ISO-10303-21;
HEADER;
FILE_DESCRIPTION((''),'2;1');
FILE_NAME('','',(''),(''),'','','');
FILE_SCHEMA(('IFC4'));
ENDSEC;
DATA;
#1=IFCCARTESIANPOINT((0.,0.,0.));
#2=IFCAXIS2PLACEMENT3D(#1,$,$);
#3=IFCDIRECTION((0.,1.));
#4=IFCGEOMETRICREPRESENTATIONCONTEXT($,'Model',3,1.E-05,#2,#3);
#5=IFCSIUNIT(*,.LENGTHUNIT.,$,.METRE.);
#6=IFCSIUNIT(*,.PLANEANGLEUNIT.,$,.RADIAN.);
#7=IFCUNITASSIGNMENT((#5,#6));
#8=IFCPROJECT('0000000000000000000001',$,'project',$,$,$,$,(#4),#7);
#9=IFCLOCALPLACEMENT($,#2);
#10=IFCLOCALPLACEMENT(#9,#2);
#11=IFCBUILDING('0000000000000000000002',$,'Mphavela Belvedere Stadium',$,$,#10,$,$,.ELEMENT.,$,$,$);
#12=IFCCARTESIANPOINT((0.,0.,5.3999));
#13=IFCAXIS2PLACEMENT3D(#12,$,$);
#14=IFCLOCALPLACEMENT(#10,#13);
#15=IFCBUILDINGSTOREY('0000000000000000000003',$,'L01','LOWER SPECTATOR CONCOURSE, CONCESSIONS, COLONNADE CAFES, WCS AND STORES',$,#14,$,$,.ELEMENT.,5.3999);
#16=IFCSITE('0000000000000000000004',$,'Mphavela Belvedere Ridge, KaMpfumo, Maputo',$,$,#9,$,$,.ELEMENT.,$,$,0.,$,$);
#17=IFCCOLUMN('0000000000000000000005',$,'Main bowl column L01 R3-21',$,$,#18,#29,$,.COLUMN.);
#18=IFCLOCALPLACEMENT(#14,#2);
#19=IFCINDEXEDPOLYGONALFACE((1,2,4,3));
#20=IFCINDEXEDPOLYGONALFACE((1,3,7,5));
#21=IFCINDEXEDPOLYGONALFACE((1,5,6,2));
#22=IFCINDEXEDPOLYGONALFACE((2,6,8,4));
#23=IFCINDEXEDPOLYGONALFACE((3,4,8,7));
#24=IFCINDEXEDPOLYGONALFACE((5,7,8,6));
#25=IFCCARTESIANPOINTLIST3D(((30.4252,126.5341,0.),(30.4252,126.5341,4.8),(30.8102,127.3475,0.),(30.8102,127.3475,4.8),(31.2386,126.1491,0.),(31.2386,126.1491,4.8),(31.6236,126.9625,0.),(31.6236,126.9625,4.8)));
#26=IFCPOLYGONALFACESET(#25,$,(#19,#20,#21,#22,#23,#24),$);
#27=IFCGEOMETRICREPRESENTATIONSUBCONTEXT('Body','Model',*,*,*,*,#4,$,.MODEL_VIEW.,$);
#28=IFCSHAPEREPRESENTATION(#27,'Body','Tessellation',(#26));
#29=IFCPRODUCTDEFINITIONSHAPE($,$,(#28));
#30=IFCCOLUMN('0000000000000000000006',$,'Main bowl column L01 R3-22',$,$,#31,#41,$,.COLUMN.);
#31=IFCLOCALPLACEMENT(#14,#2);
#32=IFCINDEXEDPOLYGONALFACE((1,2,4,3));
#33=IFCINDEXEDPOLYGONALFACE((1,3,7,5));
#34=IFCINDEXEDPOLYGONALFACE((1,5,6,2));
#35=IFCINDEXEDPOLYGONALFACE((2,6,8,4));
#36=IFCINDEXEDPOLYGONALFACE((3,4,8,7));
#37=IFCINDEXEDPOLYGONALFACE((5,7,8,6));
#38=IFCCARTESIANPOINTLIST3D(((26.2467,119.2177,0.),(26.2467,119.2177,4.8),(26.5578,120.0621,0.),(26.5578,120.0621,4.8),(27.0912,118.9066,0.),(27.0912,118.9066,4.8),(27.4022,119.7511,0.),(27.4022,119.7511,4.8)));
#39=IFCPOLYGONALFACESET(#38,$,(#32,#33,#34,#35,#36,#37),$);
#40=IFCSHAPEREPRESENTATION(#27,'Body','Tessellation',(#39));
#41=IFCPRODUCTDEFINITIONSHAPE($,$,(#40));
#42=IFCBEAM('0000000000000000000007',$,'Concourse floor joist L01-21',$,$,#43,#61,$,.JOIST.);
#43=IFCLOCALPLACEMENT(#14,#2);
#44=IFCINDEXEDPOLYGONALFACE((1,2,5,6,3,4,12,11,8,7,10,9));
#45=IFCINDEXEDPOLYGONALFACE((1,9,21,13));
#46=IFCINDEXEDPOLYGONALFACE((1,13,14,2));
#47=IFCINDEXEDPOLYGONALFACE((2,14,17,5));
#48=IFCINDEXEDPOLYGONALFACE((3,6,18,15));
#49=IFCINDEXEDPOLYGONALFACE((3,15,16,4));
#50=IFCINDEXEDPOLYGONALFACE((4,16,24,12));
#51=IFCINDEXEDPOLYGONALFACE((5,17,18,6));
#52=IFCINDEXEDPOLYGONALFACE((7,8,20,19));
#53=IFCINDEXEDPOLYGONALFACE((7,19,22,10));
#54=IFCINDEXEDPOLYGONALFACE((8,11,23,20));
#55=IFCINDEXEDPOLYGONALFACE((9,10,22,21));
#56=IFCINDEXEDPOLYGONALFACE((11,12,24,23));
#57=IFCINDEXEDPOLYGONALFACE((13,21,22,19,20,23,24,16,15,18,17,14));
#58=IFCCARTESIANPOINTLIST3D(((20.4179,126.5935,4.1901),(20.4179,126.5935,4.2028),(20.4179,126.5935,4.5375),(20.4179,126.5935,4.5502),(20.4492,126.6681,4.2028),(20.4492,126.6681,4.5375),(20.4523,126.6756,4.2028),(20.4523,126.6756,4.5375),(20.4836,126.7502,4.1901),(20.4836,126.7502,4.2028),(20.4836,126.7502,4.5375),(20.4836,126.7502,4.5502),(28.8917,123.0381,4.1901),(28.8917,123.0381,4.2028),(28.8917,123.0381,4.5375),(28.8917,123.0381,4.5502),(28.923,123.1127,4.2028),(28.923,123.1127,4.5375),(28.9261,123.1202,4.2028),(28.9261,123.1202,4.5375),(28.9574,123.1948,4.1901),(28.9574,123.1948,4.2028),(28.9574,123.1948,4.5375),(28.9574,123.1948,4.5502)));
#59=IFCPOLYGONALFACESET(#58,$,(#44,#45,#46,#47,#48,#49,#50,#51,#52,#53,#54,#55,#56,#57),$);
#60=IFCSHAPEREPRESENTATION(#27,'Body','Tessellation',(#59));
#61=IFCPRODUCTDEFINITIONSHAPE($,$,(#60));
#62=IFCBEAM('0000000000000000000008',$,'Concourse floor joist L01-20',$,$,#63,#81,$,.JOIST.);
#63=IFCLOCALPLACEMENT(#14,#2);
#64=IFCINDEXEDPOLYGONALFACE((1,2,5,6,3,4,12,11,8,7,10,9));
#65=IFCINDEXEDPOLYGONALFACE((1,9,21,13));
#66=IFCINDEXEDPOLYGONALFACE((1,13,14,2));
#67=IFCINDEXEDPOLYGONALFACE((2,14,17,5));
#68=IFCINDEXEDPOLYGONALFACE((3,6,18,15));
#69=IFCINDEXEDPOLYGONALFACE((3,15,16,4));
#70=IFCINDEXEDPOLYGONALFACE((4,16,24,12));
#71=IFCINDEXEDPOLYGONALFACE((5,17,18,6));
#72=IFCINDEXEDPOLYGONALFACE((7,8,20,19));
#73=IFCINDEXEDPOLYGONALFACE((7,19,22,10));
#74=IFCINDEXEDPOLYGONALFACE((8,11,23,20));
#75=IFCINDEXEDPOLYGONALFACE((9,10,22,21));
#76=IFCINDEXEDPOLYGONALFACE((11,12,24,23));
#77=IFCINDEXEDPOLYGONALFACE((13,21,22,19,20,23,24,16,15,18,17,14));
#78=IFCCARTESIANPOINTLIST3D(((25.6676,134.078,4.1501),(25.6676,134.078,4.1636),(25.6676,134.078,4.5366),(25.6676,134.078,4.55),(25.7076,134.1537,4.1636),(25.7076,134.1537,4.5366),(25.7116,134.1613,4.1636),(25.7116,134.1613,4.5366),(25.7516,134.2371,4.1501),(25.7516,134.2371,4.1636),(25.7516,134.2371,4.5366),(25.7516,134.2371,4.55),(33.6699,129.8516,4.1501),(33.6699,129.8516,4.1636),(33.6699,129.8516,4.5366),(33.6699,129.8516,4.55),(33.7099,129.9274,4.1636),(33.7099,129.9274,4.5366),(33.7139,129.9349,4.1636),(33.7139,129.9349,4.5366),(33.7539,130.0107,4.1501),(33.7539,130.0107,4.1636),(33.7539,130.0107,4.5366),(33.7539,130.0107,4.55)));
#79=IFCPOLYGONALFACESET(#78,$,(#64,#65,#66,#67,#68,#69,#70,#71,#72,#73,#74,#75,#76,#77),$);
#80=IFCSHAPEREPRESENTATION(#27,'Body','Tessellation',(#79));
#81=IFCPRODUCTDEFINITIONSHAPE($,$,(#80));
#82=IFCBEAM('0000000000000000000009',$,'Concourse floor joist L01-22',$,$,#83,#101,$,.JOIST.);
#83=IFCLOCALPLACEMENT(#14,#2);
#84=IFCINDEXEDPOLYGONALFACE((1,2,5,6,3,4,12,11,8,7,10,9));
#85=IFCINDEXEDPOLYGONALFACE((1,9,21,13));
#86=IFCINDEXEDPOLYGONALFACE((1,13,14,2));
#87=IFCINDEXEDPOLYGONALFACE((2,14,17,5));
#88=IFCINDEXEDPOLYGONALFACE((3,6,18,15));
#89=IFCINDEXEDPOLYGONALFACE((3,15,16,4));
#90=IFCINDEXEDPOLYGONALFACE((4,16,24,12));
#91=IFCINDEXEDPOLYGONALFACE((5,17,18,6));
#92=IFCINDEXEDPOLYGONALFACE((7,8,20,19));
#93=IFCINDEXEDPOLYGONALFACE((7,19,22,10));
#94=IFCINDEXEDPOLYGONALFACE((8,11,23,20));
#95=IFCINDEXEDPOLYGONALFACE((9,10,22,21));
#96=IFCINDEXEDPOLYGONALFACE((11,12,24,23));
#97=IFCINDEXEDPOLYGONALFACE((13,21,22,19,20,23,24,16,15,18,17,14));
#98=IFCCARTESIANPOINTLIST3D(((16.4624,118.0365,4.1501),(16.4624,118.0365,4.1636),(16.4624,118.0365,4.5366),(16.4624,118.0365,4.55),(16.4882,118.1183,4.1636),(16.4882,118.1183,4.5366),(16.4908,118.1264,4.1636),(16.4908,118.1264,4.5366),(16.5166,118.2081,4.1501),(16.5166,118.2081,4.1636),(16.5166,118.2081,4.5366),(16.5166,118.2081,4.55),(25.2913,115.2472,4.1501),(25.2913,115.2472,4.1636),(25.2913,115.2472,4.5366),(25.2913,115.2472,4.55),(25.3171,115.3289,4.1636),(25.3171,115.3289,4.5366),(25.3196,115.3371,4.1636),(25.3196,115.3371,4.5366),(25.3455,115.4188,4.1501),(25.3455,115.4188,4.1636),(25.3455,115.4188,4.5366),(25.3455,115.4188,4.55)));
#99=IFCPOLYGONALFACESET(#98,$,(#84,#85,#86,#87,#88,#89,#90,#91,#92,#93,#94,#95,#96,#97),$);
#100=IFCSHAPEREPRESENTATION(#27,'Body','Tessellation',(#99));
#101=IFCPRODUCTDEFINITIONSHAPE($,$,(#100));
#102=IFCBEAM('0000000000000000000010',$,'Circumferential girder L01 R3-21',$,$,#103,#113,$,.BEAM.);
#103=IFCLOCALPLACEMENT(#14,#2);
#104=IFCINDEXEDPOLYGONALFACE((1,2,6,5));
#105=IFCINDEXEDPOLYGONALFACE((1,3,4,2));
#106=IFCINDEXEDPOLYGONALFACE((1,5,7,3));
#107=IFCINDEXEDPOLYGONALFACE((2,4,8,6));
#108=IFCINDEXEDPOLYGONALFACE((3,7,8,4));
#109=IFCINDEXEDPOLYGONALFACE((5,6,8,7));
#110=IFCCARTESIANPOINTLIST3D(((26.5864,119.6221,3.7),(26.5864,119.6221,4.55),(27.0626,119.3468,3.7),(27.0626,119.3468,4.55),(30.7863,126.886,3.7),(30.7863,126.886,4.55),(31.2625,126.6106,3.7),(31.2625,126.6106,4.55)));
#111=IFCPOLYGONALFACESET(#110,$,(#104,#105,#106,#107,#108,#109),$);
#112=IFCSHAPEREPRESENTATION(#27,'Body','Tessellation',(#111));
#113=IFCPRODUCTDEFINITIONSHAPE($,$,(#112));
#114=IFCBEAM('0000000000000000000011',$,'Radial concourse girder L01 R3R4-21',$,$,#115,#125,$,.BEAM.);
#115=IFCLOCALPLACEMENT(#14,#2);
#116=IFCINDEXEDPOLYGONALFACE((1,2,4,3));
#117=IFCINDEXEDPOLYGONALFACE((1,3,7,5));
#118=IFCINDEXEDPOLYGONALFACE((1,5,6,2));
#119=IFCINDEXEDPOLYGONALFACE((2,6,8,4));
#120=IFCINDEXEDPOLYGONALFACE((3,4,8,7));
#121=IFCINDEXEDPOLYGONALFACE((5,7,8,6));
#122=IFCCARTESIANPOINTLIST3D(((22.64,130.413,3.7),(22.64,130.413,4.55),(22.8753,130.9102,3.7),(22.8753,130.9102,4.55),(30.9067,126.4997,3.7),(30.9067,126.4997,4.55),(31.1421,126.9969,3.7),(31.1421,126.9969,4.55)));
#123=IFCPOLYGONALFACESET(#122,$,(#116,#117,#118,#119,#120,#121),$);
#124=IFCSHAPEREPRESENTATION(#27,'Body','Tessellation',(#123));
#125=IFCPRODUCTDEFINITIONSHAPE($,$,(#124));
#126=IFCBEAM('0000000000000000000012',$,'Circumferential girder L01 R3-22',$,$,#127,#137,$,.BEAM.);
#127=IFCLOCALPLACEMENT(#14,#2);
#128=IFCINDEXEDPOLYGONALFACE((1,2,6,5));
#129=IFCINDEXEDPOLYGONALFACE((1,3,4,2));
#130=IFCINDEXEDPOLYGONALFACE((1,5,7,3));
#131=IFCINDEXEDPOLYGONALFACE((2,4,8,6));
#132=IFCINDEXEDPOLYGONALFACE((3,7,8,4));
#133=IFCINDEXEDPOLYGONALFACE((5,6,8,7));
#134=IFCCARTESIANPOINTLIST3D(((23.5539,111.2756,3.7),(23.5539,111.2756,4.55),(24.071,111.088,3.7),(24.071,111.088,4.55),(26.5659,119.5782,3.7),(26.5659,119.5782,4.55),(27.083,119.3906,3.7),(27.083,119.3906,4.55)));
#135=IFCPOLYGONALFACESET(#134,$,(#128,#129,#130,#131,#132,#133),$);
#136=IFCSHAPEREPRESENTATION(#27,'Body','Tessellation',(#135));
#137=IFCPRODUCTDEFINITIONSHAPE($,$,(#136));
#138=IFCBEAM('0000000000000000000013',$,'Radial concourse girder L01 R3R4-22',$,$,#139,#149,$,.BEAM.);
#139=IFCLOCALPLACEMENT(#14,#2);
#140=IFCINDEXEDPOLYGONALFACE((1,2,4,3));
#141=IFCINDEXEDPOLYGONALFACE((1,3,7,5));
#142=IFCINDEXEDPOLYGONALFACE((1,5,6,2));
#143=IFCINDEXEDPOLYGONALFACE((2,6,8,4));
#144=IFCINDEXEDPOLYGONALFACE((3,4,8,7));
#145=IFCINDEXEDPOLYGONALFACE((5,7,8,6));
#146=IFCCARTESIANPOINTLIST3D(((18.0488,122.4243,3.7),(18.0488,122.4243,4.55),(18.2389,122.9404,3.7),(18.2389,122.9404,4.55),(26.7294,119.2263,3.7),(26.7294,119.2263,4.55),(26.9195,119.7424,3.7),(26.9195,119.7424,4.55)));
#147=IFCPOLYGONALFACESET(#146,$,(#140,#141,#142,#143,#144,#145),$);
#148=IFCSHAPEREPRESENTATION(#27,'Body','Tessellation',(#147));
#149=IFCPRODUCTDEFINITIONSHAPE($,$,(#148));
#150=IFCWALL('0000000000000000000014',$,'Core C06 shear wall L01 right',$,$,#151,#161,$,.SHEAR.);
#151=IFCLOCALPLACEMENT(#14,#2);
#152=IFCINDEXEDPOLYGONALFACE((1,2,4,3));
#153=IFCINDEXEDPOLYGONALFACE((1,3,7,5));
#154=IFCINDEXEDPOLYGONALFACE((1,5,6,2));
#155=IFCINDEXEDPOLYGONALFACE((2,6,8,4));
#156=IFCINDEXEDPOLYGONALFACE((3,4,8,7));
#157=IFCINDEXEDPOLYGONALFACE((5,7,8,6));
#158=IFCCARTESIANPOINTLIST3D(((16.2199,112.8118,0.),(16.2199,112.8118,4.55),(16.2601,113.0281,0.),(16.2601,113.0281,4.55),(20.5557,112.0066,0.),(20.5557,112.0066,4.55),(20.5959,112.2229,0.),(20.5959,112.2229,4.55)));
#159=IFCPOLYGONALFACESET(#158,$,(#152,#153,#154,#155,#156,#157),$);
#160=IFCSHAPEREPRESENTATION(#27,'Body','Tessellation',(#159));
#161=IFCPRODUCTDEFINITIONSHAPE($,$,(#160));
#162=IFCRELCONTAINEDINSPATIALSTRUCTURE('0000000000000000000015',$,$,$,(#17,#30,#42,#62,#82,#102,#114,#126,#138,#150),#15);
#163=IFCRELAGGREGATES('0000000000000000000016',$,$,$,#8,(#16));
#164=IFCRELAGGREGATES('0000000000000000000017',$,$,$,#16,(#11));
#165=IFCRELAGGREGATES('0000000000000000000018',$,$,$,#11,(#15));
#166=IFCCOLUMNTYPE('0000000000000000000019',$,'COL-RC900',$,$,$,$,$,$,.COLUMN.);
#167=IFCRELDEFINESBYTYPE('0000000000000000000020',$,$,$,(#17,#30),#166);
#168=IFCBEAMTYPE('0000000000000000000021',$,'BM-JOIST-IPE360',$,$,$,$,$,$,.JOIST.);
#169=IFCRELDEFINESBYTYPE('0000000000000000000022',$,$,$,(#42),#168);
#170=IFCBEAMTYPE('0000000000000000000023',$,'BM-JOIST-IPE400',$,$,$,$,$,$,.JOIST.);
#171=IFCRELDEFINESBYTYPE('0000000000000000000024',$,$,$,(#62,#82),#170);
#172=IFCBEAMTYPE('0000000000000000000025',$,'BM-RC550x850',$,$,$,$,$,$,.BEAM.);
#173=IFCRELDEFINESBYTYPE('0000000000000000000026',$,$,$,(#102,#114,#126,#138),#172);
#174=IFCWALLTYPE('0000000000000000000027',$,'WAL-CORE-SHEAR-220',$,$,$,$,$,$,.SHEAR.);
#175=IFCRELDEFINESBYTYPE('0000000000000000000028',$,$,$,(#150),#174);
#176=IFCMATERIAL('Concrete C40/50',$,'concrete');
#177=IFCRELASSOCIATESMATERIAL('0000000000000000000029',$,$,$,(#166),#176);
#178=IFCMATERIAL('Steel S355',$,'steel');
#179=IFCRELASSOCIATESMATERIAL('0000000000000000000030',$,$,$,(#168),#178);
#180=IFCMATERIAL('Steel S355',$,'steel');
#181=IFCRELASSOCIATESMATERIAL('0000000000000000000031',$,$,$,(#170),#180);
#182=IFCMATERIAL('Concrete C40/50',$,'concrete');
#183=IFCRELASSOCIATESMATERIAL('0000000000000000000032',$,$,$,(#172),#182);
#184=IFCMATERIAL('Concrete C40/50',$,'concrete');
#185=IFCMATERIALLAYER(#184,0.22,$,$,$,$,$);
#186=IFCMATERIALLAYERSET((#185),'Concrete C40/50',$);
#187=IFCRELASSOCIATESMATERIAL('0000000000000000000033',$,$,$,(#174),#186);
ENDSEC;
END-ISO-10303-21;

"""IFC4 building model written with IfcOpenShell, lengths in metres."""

from ifc_helpers import new_model, si_unit, direction, frame, frame_2d, origin, origin_2d, place, context, subcontext, project, spatial, rectangle, i_section, extrude, material, layer, layer_set, material_profile, profile_set, type_object, element, save


model = new_model("IFC4")

# Units and contexts
model_context = context("Model", 3, precision=1e-05, world=origin(), true_north=direction((0.0, 1.0)))
body_context = subcontext(model_context, "Body", "Model", "MODEL_VIEW")
ifc_project = project(units=[si_unit("LENGTHUNIT", "METRE"), si_unit("PLANEANGLEUNIT", "RADIAN")], contexts=[model_context])

# Site, building, storey
site_placement = place(None, origin())
site = spatial("IfcSite", under=ifc_project, at=site_placement, Name="Mphavela Belvedere Ridge, KaMpfumo, Maputo", CompositionType="ELEMENT", RefElevation=0.0)
building_placement = place(site_placement, origin())
building = spatial("IfcBuilding", under=site, at=building_placement, Name="Mphavela Belvedere Stadium", CompositionType="ELEMENT")
storey_placement = place(building_placement, frame((0.0, 0.0, 5.3999)))
storey = spatial("IfcBuildingStorey", under=building, at=storey_placement, Name="L01", Description="LOWER SPECTATOR CONCOURSE, CONCESSIONS, COLONNADE CAFES, WCS AND STORES", CompositionType="ELEMENT", Elevation=5.3999)

# Columns
ifc_material_1 = material(Name="Concrete C40/50", Category="concrete")
ifc_material_profile_1 = material_profile(ifc_material_1, rectangle(XDim=0.8999, YDim=0.8999, at=origin_2d()), Name="RC 900x900")
ifc_profile_set_1 = profile_set([ifc_material_profile_1], Name="Concrete C40/50")
column_type = type_object("IfcColumnType", Name="COL-RC900", PredefinedType="COLUMN", material=ifc_profile_set_1)
for number, where, z_axis, x_axis, name in (
    (1, (31.0244, 126.7483, 0.0), (0.0, 0.0, 1.0), (-0.903859, 0.427831, 0.0), "Main bowl column L01 R3-21"),
    (2, (26.8245, 119.4844, 0.0), (0.0, 0.0, 1.0), (-0.938372, 0.345626, 0.0), "Main bowl column L01 R3-22"),
):
    element("IfcColumn", number, at=place(storey_placement, frame(where, z_axis=z_axis, x_axis=x_axis)), inside=storey, type_object=column_type, Name=name, PredefinedType="COLUMN", context=body_context, shape_type="SweptSolid", body=[
        extrude(rectangle(XDim=0.8999, YDim=0.8999, at=origin_2d()), origin(), (0.0, 0.0, 1.0), 4.8),
    ])

# Beams
ifc_material_2 = material(Name="Steel S355", Category="steel")
ifc_material_profile_2 = material_profile(ifc_material_2, i_section(OverallWidth=0.1699, OverallDepth=0.3601, WebThickness=0.0081, FlangeThickness=0.0127, at=origin_2d()), Name="IPE 360")
ifc_profile_set_2 = profile_set([ifc_material_profile_2], Name="Steel S355")
beam_type_1 = type_object("IfcBeamType", Name="BM-JOIST-IPE360", PredefinedType="JOIST", material=ifc_profile_set_2)
beam_1_placement = place(storey_placement, frame((28.9246, 123.1165, 4.3701), z_axis=(-0.922122, 0.386899, 0.0), x_axis=(-0.386899, -0.922122, 0.0)))
element("IfcBeam", 3, at=beam_1_placement, inside=storey, type_object=beam_type_1, Name="Concourse floor joist L01-21", PredefinedType="JOIST", context=body_context, shape_type="SweptSolid", body=[
    extrude(i_section(OverallWidth=0.1699, OverallDepth=0.3601, WebThickness=0.0081, FlangeThickness=0.0127, at=origin_2d()), origin(), (0.0, 0.0, 1.0), 9.1895),
])
ifc_material_3 = material(Name="Steel S355", Category="steel")
ifc_material_profile_3 = material_profile(ifc_material_3, i_section(OverallWidth=0.1799, OverallDepth=0.3999, WebThickness=0.0085, FlangeThickness=0.0134, at=origin_2d()), Name="IPE 400")
ifc_profile_set_3 = profile_set([ifc_material_profile_3], Name="Steel S355")
beam_type_2 = type_object("IfcBeamType", Name="BM-JOIST-IPE400", PredefinedType="JOIST", material=ifc_profile_set_3)
beam_2_placement = place(storey_placement, frame((33.7119, 129.9312, 4.3501), z_axis=(-0.884251, 0.467012, 0.0), x_axis=(-0.467012, -0.884251, 0.0)))
element("IfcBeam", 4, at=beam_2_placement, inside=storey, type_object=beam_type_2, Name="Concourse floor joist L01-20", PredefinedType="JOIST", context=body_context, shape_type="SweptSolid", body=[
    extrude(i_section(OverallWidth=0.1799, OverallDepth=0.3999, WebThickness=0.0085, FlangeThickness=0.0134, at=origin_2d()), origin(), (0.0, 0.0, 1.0), 9.0498),
])
beam_3_placement = place(storey_placement, frame((25.3184, 115.333, 4.3501), z_axis=(-0.953544, 0.301254, 0.0), x_axis=(-0.301254, -0.953544, 0.0)))
element("IfcBeam", 5, at=beam_3_placement, inside=storey, type_object=beam_type_2, Name="Concourse floor joist L01-22", PredefinedType="JOIST", context=body_context, shape_type="SweptSolid", body=[
    extrude(i_section(OverallWidth=0.1799, OverallDepth=0.3999, WebThickness=0.0085, FlangeThickness=0.0134, at=origin_2d()), origin(), (0.0, 0.0, 1.0), 9.259),
])
ifc_material_4 = material(Name="Concrete C40/50", Category="concrete")
ifc_material_profile_4 = material_profile(ifc_material_4, rectangle(XDim=0.55, YDim=0.8501, at=origin_2d()), Name="RC 550x850")
ifc_profile_set_4 = profile_set([ifc_material_profile_4], Name="Concrete C40/50")
beam_type_3 = type_object("IfcBeamType", Name="BM-RC550x850", PredefinedType="BEAM", material=ifc_profile_set_4)
beam_4_placement = place(storey_placement, frame((31.0244, 126.7483, 4.125), z_axis=(-0.500548, -0.865709, 0.0), x_axis=(0.865709, -0.500548, 0.0)))
element("IfcBeam", 6, at=beam_4_placement, inside=storey, type_object=beam_type_3, Name="Circumferential girder L01 R3-21", PredefinedType="BEAM", context=body_context, shape_type="SweptSolid", body=[
    extrude(rectangle(XDim=0.55, YDim=0.8501, at=origin_2d()), origin(), (0.0, 0.0, 1.0), 8.3906),
])
beam_5_placement = place(storey_placement, frame((31.0244, 126.7483, 4.125), z_axis=(-0.903845, 0.427859, 0.0), x_axis=(-0.427859, -0.903845, 0.0)))
element("IfcBeam", 7, at=beam_5_placement, inside=storey, type_object=beam_type_3, Name="Radial concourse girder L01 R3R4-21", PredefinedType="BEAM", context=body_context, shape_type="SweptSolid", body=[
    extrude(rectangle(XDim=0.55, YDim=0.8501, at=origin_2d()), origin(), (0.0, 0.0, 1.0), 9.1462),
])
beam_6_placement = place(storey_placement, frame((26.8245, 119.4844, 4.125), z_axis=(-0.341031, -0.940052, 0.0), x_axis=(0.940052, -0.341031, 0.0)))
element("IfcBeam", 8, at=beam_6_placement, inside=storey, type_object=beam_type_3, Name="Circumferential girder L01 R3-22", PredefinedType="BEAM", context=body_context, shape_type="SweptSolid", body=[
    extrude(rectangle(XDim=0.55, YDim=0.8501, at=origin_2d()), origin(), (0.0, 0.0, 1.0), 8.832),
])
beam_7_placement = place(storey_placement, frame((26.8245, 119.4844, 4.125), z_axis=(-0.938348, 0.345692, 0.0), x_axis=(-0.345692, -0.938348, 0.0)))
element("IfcBeam", 9, at=beam_7_placement, inside=storey, type_object=beam_type_3, Name="Radial concourse girder L01 R3R4-22", PredefinedType="BEAM", context=body_context, shape_type="SweptSolid", body=[
    extrude(rectangle(XDim=0.55, YDim=0.8501, at=origin_2d()), origin(), (0.0, 0.0, 1.0), 9.251),
])

# Wall
ifc_material_5 = material(Name="Concrete C40/50", Category="concrete")
ifc_layer_1 = layer(ifc_material_5, 0.22)
ifc_layer_set_1 = layer_set([ifc_layer_1], Name="Concrete C40/50")
wall_type_1 = type_object("IfcWallType", Name="WAL-CORE-SHEAR-220", PredefinedType="SHEAR", material=ifc_layer_set_1)
wall_1_placement = place(storey_placement, frame((20.5759, 112.1147, 0.0), z_axis=(0.0, 0.0, 1.0), x_axis=(-0.98319, 0.182587, 0.0)))
element("IfcWall", 10, at=wall_1_placement, inside=storey, type_object=wall_type_1, Name="Core C06 shear wall L01 right", PredefinedType="SHEAR", context=body_context, shape_type="SweptSolid", body=[
    extrude(rectangle(XDim=4.4099, YDim=0.22, at=frame_2d((2.2051, 0.0))), origin(), (0.0, 0.0, 1.0), 4.55),
])

save(model, "model.ifc")
